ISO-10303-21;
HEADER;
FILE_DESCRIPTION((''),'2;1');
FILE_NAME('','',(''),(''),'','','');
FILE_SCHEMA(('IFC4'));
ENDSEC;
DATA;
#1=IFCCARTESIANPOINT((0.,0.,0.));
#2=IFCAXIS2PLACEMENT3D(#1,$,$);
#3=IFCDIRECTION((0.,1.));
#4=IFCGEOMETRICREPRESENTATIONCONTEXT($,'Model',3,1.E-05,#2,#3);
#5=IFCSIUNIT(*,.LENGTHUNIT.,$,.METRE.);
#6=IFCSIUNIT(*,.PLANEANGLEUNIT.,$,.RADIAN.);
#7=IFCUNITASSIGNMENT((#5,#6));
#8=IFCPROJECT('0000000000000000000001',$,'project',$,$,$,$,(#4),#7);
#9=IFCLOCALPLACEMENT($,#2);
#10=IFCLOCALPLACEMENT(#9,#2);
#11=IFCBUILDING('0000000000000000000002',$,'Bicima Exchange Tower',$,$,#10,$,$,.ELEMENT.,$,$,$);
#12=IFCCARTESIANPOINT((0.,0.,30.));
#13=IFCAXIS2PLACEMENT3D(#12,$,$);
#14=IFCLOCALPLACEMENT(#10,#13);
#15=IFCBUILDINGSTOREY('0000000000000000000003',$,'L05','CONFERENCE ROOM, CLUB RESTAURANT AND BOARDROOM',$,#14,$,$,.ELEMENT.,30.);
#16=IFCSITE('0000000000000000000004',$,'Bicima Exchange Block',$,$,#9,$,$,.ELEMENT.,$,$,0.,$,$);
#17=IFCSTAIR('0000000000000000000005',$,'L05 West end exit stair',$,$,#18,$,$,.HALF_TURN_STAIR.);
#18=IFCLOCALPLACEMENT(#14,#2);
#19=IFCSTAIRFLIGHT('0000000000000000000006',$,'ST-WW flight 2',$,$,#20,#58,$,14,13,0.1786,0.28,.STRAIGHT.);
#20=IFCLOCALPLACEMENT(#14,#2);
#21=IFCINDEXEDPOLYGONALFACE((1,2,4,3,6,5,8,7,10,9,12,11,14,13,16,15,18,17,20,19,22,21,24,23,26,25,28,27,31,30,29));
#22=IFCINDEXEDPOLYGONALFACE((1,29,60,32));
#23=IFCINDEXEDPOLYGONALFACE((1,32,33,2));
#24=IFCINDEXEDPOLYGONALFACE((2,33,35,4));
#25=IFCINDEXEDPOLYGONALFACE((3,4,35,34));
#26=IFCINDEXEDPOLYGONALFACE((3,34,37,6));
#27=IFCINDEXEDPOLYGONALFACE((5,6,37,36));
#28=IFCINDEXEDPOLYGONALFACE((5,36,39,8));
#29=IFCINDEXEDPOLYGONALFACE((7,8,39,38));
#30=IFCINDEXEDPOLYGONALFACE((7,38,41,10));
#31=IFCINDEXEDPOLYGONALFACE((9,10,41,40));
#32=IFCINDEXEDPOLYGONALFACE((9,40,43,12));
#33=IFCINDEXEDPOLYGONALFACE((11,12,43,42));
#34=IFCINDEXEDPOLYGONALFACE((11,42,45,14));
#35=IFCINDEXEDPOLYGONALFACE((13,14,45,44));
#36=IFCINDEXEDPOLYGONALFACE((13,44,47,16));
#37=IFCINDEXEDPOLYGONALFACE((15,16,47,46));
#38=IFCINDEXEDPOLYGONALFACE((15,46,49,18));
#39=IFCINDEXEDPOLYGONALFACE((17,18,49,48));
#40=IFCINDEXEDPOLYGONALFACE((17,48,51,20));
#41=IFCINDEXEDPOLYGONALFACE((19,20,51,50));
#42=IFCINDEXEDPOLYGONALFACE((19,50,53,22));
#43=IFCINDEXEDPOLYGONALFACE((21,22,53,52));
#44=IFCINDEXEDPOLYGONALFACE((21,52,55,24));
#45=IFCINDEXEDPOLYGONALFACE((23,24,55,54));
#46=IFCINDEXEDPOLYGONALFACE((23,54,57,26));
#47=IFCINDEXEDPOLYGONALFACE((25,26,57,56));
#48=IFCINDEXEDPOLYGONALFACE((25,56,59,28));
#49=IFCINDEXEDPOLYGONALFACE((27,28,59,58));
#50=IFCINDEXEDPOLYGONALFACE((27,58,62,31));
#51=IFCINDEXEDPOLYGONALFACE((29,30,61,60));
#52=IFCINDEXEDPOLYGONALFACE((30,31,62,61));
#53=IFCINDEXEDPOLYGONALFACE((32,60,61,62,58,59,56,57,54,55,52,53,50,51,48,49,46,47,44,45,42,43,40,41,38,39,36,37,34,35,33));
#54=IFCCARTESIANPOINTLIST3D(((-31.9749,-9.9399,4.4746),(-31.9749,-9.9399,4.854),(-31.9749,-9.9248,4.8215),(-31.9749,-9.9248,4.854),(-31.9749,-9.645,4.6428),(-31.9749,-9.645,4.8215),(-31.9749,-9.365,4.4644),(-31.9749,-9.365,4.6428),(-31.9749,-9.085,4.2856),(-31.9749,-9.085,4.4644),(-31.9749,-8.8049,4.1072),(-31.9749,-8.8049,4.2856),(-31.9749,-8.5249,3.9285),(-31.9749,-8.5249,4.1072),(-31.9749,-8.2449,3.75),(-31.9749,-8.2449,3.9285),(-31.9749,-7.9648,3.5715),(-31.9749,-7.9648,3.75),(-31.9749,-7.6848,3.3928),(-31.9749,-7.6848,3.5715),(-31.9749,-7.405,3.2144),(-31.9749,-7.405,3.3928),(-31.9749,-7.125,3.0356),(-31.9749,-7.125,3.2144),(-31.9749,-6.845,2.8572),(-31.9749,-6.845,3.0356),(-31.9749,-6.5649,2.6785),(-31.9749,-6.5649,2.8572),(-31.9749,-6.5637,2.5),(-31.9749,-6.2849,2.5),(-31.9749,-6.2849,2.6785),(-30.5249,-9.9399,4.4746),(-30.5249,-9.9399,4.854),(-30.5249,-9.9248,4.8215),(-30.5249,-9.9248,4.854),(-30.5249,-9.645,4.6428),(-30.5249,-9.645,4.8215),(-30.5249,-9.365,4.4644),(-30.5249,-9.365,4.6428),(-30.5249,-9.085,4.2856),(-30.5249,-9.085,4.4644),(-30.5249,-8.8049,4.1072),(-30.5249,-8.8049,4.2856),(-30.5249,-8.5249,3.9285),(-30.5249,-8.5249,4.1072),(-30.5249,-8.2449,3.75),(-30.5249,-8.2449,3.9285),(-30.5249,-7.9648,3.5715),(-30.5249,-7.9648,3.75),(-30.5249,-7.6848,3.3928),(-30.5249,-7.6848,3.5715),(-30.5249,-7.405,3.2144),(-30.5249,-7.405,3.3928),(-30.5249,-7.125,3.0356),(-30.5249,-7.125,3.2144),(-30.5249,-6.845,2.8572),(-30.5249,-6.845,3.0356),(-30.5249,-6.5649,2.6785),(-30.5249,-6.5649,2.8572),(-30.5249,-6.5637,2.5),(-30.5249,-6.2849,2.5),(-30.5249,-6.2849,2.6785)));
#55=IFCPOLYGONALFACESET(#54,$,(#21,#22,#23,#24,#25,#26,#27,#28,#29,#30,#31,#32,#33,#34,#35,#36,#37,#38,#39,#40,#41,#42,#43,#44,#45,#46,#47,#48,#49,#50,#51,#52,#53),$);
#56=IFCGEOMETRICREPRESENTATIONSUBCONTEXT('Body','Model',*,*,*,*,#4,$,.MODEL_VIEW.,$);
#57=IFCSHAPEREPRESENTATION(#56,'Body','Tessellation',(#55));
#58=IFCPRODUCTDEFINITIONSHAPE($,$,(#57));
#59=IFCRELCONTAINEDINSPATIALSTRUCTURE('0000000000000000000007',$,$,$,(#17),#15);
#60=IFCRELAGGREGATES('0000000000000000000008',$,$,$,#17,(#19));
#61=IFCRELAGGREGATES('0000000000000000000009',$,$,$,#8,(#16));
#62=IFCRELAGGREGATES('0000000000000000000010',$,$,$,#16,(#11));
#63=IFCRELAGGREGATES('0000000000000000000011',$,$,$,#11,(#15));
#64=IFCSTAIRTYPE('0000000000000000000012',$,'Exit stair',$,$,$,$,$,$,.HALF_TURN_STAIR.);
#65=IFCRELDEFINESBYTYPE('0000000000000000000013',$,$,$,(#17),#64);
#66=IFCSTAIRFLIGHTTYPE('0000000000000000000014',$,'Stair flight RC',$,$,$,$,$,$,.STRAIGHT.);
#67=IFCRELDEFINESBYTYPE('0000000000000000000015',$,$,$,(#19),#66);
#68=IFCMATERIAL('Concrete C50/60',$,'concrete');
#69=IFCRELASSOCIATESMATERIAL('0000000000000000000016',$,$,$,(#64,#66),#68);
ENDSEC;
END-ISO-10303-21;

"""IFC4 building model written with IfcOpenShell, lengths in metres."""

from ifc_helpers import new_model, si_unit, direction, frame, origin, place, context, subcontext, project, spatial, polyline, outline, extrude, material, type_object, element, aggregate, save


model = new_model("IFC4")

# Units and contexts
model_context = context("Model", 3, precision=1e-05, world=origin(), true_north=direction((0.0, 1.0)))
body_context = subcontext(model_context, "Body", "Model", "MODEL_VIEW")
ifc_project = project(units=[si_unit("LENGTHUNIT", "METRE"), si_unit("PLANEANGLEUNIT", "RADIAN")], contexts=[model_context])

# Site, building, storey
site_placement = place(None, origin())
site = spatial("IfcSite", under=ifc_project, at=site_placement, Name="Bicima Exchange Block", CompositionType="ELEMENT", RefElevation=0.0)
building_placement = place(site_placement, origin())
building = spatial("IfcBuilding", under=site, at=building_placement, Name="Bicima Exchange Tower", CompositionType="ELEMENT")
storey_placement = place(building_placement, frame((0.0, 0.0, 30.0)))
storey = spatial("IfcBuildingStorey", under=building, at=storey_placement, Name="L05", Description="CONFERENCE ROOM, CLUB RESTAURANT AND BOARDROOM", CompositionType="ELEMENT", Elevation=30.0)

# Shared definitions
ifc_material_1 = material(Name="Concrete C50/60", Category="concrete")

# Stair, stair flight
stair_type = type_object("IfcStairType", Name="Exit stair", PredefinedType="HALF_TURN_STAIR", material=ifc_material_1)
stair_placement = place(storey_placement, origin())
stair = element("IfcStair", 1, at=stair_placement, inside=storey, type_object=stair_type, Name="L05 West end exit stair", PredefinedType="HALF_TURN_STAIR")
stair_flight_type = type_object("IfcStairFlightType", Name="Stair flight RC", PredefinedType="STRAIGHT", material=ifc_material_1)
stair_flight_placement = place(storey_placement, frame((-31.25, -6.2849, 2.5), z_axis=(0.0, 0.0, 1.0), x_axis=(0.0, -1.0, 0.0)))
stair_flight = element("IfcStairFlight", 2, at=stair_flight_placement, type_object=stair_flight_type, Name="ST-WW flight 2", NumberOfRisers=14, NumberOfTreads=13, PredefinedType="STRAIGHT", RiserHeight=0.1786, TreadLength=0.28, context=body_context, shape_type="SweptSolid", body=[
    extrude(outline(polyline([(0.0, 0.0), (0.0, 0.1785), (0.28, 0.1785), (0.28, 0.3572), (0.5601, 0.3572), (0.5601, 0.5356), (0.8401, 0.5356), (0.8401, 0.7144), (1.1201, 0.7144), (1.1201, 0.8928), (1.3999, 0.8928), (1.3999, 1.0715), (1.6799, 1.0715), (1.6799, 1.25), (1.96, 1.25), (1.96, 1.4285), (2.24, 1.4285), (2.24, 1.6072), (2.52, 1.6072), (2.52, 1.7856), (2.8, 1.7856), (2.8, 1.9644), (3.0801, 1.9644), (3.0801, 2.1428), (3.3601, 2.1428), (3.3601, 2.3215), (3.6399, 2.3215), (3.6399, 2.354), (3.655, 2.354), (3.655, 1.9746), (0.2788, 0.0), (0.0, 0.0)])), frame((0.0, 0.7251, 0.0), z_axis=(0.0, -1.0, 0.0), x_axis=(1.0, 0.0, 0.0)), (0.0, 0.0, 1.0), 1.45),
])
aggregate(stair, [stair_flight])

save(model, "model.ifc")
